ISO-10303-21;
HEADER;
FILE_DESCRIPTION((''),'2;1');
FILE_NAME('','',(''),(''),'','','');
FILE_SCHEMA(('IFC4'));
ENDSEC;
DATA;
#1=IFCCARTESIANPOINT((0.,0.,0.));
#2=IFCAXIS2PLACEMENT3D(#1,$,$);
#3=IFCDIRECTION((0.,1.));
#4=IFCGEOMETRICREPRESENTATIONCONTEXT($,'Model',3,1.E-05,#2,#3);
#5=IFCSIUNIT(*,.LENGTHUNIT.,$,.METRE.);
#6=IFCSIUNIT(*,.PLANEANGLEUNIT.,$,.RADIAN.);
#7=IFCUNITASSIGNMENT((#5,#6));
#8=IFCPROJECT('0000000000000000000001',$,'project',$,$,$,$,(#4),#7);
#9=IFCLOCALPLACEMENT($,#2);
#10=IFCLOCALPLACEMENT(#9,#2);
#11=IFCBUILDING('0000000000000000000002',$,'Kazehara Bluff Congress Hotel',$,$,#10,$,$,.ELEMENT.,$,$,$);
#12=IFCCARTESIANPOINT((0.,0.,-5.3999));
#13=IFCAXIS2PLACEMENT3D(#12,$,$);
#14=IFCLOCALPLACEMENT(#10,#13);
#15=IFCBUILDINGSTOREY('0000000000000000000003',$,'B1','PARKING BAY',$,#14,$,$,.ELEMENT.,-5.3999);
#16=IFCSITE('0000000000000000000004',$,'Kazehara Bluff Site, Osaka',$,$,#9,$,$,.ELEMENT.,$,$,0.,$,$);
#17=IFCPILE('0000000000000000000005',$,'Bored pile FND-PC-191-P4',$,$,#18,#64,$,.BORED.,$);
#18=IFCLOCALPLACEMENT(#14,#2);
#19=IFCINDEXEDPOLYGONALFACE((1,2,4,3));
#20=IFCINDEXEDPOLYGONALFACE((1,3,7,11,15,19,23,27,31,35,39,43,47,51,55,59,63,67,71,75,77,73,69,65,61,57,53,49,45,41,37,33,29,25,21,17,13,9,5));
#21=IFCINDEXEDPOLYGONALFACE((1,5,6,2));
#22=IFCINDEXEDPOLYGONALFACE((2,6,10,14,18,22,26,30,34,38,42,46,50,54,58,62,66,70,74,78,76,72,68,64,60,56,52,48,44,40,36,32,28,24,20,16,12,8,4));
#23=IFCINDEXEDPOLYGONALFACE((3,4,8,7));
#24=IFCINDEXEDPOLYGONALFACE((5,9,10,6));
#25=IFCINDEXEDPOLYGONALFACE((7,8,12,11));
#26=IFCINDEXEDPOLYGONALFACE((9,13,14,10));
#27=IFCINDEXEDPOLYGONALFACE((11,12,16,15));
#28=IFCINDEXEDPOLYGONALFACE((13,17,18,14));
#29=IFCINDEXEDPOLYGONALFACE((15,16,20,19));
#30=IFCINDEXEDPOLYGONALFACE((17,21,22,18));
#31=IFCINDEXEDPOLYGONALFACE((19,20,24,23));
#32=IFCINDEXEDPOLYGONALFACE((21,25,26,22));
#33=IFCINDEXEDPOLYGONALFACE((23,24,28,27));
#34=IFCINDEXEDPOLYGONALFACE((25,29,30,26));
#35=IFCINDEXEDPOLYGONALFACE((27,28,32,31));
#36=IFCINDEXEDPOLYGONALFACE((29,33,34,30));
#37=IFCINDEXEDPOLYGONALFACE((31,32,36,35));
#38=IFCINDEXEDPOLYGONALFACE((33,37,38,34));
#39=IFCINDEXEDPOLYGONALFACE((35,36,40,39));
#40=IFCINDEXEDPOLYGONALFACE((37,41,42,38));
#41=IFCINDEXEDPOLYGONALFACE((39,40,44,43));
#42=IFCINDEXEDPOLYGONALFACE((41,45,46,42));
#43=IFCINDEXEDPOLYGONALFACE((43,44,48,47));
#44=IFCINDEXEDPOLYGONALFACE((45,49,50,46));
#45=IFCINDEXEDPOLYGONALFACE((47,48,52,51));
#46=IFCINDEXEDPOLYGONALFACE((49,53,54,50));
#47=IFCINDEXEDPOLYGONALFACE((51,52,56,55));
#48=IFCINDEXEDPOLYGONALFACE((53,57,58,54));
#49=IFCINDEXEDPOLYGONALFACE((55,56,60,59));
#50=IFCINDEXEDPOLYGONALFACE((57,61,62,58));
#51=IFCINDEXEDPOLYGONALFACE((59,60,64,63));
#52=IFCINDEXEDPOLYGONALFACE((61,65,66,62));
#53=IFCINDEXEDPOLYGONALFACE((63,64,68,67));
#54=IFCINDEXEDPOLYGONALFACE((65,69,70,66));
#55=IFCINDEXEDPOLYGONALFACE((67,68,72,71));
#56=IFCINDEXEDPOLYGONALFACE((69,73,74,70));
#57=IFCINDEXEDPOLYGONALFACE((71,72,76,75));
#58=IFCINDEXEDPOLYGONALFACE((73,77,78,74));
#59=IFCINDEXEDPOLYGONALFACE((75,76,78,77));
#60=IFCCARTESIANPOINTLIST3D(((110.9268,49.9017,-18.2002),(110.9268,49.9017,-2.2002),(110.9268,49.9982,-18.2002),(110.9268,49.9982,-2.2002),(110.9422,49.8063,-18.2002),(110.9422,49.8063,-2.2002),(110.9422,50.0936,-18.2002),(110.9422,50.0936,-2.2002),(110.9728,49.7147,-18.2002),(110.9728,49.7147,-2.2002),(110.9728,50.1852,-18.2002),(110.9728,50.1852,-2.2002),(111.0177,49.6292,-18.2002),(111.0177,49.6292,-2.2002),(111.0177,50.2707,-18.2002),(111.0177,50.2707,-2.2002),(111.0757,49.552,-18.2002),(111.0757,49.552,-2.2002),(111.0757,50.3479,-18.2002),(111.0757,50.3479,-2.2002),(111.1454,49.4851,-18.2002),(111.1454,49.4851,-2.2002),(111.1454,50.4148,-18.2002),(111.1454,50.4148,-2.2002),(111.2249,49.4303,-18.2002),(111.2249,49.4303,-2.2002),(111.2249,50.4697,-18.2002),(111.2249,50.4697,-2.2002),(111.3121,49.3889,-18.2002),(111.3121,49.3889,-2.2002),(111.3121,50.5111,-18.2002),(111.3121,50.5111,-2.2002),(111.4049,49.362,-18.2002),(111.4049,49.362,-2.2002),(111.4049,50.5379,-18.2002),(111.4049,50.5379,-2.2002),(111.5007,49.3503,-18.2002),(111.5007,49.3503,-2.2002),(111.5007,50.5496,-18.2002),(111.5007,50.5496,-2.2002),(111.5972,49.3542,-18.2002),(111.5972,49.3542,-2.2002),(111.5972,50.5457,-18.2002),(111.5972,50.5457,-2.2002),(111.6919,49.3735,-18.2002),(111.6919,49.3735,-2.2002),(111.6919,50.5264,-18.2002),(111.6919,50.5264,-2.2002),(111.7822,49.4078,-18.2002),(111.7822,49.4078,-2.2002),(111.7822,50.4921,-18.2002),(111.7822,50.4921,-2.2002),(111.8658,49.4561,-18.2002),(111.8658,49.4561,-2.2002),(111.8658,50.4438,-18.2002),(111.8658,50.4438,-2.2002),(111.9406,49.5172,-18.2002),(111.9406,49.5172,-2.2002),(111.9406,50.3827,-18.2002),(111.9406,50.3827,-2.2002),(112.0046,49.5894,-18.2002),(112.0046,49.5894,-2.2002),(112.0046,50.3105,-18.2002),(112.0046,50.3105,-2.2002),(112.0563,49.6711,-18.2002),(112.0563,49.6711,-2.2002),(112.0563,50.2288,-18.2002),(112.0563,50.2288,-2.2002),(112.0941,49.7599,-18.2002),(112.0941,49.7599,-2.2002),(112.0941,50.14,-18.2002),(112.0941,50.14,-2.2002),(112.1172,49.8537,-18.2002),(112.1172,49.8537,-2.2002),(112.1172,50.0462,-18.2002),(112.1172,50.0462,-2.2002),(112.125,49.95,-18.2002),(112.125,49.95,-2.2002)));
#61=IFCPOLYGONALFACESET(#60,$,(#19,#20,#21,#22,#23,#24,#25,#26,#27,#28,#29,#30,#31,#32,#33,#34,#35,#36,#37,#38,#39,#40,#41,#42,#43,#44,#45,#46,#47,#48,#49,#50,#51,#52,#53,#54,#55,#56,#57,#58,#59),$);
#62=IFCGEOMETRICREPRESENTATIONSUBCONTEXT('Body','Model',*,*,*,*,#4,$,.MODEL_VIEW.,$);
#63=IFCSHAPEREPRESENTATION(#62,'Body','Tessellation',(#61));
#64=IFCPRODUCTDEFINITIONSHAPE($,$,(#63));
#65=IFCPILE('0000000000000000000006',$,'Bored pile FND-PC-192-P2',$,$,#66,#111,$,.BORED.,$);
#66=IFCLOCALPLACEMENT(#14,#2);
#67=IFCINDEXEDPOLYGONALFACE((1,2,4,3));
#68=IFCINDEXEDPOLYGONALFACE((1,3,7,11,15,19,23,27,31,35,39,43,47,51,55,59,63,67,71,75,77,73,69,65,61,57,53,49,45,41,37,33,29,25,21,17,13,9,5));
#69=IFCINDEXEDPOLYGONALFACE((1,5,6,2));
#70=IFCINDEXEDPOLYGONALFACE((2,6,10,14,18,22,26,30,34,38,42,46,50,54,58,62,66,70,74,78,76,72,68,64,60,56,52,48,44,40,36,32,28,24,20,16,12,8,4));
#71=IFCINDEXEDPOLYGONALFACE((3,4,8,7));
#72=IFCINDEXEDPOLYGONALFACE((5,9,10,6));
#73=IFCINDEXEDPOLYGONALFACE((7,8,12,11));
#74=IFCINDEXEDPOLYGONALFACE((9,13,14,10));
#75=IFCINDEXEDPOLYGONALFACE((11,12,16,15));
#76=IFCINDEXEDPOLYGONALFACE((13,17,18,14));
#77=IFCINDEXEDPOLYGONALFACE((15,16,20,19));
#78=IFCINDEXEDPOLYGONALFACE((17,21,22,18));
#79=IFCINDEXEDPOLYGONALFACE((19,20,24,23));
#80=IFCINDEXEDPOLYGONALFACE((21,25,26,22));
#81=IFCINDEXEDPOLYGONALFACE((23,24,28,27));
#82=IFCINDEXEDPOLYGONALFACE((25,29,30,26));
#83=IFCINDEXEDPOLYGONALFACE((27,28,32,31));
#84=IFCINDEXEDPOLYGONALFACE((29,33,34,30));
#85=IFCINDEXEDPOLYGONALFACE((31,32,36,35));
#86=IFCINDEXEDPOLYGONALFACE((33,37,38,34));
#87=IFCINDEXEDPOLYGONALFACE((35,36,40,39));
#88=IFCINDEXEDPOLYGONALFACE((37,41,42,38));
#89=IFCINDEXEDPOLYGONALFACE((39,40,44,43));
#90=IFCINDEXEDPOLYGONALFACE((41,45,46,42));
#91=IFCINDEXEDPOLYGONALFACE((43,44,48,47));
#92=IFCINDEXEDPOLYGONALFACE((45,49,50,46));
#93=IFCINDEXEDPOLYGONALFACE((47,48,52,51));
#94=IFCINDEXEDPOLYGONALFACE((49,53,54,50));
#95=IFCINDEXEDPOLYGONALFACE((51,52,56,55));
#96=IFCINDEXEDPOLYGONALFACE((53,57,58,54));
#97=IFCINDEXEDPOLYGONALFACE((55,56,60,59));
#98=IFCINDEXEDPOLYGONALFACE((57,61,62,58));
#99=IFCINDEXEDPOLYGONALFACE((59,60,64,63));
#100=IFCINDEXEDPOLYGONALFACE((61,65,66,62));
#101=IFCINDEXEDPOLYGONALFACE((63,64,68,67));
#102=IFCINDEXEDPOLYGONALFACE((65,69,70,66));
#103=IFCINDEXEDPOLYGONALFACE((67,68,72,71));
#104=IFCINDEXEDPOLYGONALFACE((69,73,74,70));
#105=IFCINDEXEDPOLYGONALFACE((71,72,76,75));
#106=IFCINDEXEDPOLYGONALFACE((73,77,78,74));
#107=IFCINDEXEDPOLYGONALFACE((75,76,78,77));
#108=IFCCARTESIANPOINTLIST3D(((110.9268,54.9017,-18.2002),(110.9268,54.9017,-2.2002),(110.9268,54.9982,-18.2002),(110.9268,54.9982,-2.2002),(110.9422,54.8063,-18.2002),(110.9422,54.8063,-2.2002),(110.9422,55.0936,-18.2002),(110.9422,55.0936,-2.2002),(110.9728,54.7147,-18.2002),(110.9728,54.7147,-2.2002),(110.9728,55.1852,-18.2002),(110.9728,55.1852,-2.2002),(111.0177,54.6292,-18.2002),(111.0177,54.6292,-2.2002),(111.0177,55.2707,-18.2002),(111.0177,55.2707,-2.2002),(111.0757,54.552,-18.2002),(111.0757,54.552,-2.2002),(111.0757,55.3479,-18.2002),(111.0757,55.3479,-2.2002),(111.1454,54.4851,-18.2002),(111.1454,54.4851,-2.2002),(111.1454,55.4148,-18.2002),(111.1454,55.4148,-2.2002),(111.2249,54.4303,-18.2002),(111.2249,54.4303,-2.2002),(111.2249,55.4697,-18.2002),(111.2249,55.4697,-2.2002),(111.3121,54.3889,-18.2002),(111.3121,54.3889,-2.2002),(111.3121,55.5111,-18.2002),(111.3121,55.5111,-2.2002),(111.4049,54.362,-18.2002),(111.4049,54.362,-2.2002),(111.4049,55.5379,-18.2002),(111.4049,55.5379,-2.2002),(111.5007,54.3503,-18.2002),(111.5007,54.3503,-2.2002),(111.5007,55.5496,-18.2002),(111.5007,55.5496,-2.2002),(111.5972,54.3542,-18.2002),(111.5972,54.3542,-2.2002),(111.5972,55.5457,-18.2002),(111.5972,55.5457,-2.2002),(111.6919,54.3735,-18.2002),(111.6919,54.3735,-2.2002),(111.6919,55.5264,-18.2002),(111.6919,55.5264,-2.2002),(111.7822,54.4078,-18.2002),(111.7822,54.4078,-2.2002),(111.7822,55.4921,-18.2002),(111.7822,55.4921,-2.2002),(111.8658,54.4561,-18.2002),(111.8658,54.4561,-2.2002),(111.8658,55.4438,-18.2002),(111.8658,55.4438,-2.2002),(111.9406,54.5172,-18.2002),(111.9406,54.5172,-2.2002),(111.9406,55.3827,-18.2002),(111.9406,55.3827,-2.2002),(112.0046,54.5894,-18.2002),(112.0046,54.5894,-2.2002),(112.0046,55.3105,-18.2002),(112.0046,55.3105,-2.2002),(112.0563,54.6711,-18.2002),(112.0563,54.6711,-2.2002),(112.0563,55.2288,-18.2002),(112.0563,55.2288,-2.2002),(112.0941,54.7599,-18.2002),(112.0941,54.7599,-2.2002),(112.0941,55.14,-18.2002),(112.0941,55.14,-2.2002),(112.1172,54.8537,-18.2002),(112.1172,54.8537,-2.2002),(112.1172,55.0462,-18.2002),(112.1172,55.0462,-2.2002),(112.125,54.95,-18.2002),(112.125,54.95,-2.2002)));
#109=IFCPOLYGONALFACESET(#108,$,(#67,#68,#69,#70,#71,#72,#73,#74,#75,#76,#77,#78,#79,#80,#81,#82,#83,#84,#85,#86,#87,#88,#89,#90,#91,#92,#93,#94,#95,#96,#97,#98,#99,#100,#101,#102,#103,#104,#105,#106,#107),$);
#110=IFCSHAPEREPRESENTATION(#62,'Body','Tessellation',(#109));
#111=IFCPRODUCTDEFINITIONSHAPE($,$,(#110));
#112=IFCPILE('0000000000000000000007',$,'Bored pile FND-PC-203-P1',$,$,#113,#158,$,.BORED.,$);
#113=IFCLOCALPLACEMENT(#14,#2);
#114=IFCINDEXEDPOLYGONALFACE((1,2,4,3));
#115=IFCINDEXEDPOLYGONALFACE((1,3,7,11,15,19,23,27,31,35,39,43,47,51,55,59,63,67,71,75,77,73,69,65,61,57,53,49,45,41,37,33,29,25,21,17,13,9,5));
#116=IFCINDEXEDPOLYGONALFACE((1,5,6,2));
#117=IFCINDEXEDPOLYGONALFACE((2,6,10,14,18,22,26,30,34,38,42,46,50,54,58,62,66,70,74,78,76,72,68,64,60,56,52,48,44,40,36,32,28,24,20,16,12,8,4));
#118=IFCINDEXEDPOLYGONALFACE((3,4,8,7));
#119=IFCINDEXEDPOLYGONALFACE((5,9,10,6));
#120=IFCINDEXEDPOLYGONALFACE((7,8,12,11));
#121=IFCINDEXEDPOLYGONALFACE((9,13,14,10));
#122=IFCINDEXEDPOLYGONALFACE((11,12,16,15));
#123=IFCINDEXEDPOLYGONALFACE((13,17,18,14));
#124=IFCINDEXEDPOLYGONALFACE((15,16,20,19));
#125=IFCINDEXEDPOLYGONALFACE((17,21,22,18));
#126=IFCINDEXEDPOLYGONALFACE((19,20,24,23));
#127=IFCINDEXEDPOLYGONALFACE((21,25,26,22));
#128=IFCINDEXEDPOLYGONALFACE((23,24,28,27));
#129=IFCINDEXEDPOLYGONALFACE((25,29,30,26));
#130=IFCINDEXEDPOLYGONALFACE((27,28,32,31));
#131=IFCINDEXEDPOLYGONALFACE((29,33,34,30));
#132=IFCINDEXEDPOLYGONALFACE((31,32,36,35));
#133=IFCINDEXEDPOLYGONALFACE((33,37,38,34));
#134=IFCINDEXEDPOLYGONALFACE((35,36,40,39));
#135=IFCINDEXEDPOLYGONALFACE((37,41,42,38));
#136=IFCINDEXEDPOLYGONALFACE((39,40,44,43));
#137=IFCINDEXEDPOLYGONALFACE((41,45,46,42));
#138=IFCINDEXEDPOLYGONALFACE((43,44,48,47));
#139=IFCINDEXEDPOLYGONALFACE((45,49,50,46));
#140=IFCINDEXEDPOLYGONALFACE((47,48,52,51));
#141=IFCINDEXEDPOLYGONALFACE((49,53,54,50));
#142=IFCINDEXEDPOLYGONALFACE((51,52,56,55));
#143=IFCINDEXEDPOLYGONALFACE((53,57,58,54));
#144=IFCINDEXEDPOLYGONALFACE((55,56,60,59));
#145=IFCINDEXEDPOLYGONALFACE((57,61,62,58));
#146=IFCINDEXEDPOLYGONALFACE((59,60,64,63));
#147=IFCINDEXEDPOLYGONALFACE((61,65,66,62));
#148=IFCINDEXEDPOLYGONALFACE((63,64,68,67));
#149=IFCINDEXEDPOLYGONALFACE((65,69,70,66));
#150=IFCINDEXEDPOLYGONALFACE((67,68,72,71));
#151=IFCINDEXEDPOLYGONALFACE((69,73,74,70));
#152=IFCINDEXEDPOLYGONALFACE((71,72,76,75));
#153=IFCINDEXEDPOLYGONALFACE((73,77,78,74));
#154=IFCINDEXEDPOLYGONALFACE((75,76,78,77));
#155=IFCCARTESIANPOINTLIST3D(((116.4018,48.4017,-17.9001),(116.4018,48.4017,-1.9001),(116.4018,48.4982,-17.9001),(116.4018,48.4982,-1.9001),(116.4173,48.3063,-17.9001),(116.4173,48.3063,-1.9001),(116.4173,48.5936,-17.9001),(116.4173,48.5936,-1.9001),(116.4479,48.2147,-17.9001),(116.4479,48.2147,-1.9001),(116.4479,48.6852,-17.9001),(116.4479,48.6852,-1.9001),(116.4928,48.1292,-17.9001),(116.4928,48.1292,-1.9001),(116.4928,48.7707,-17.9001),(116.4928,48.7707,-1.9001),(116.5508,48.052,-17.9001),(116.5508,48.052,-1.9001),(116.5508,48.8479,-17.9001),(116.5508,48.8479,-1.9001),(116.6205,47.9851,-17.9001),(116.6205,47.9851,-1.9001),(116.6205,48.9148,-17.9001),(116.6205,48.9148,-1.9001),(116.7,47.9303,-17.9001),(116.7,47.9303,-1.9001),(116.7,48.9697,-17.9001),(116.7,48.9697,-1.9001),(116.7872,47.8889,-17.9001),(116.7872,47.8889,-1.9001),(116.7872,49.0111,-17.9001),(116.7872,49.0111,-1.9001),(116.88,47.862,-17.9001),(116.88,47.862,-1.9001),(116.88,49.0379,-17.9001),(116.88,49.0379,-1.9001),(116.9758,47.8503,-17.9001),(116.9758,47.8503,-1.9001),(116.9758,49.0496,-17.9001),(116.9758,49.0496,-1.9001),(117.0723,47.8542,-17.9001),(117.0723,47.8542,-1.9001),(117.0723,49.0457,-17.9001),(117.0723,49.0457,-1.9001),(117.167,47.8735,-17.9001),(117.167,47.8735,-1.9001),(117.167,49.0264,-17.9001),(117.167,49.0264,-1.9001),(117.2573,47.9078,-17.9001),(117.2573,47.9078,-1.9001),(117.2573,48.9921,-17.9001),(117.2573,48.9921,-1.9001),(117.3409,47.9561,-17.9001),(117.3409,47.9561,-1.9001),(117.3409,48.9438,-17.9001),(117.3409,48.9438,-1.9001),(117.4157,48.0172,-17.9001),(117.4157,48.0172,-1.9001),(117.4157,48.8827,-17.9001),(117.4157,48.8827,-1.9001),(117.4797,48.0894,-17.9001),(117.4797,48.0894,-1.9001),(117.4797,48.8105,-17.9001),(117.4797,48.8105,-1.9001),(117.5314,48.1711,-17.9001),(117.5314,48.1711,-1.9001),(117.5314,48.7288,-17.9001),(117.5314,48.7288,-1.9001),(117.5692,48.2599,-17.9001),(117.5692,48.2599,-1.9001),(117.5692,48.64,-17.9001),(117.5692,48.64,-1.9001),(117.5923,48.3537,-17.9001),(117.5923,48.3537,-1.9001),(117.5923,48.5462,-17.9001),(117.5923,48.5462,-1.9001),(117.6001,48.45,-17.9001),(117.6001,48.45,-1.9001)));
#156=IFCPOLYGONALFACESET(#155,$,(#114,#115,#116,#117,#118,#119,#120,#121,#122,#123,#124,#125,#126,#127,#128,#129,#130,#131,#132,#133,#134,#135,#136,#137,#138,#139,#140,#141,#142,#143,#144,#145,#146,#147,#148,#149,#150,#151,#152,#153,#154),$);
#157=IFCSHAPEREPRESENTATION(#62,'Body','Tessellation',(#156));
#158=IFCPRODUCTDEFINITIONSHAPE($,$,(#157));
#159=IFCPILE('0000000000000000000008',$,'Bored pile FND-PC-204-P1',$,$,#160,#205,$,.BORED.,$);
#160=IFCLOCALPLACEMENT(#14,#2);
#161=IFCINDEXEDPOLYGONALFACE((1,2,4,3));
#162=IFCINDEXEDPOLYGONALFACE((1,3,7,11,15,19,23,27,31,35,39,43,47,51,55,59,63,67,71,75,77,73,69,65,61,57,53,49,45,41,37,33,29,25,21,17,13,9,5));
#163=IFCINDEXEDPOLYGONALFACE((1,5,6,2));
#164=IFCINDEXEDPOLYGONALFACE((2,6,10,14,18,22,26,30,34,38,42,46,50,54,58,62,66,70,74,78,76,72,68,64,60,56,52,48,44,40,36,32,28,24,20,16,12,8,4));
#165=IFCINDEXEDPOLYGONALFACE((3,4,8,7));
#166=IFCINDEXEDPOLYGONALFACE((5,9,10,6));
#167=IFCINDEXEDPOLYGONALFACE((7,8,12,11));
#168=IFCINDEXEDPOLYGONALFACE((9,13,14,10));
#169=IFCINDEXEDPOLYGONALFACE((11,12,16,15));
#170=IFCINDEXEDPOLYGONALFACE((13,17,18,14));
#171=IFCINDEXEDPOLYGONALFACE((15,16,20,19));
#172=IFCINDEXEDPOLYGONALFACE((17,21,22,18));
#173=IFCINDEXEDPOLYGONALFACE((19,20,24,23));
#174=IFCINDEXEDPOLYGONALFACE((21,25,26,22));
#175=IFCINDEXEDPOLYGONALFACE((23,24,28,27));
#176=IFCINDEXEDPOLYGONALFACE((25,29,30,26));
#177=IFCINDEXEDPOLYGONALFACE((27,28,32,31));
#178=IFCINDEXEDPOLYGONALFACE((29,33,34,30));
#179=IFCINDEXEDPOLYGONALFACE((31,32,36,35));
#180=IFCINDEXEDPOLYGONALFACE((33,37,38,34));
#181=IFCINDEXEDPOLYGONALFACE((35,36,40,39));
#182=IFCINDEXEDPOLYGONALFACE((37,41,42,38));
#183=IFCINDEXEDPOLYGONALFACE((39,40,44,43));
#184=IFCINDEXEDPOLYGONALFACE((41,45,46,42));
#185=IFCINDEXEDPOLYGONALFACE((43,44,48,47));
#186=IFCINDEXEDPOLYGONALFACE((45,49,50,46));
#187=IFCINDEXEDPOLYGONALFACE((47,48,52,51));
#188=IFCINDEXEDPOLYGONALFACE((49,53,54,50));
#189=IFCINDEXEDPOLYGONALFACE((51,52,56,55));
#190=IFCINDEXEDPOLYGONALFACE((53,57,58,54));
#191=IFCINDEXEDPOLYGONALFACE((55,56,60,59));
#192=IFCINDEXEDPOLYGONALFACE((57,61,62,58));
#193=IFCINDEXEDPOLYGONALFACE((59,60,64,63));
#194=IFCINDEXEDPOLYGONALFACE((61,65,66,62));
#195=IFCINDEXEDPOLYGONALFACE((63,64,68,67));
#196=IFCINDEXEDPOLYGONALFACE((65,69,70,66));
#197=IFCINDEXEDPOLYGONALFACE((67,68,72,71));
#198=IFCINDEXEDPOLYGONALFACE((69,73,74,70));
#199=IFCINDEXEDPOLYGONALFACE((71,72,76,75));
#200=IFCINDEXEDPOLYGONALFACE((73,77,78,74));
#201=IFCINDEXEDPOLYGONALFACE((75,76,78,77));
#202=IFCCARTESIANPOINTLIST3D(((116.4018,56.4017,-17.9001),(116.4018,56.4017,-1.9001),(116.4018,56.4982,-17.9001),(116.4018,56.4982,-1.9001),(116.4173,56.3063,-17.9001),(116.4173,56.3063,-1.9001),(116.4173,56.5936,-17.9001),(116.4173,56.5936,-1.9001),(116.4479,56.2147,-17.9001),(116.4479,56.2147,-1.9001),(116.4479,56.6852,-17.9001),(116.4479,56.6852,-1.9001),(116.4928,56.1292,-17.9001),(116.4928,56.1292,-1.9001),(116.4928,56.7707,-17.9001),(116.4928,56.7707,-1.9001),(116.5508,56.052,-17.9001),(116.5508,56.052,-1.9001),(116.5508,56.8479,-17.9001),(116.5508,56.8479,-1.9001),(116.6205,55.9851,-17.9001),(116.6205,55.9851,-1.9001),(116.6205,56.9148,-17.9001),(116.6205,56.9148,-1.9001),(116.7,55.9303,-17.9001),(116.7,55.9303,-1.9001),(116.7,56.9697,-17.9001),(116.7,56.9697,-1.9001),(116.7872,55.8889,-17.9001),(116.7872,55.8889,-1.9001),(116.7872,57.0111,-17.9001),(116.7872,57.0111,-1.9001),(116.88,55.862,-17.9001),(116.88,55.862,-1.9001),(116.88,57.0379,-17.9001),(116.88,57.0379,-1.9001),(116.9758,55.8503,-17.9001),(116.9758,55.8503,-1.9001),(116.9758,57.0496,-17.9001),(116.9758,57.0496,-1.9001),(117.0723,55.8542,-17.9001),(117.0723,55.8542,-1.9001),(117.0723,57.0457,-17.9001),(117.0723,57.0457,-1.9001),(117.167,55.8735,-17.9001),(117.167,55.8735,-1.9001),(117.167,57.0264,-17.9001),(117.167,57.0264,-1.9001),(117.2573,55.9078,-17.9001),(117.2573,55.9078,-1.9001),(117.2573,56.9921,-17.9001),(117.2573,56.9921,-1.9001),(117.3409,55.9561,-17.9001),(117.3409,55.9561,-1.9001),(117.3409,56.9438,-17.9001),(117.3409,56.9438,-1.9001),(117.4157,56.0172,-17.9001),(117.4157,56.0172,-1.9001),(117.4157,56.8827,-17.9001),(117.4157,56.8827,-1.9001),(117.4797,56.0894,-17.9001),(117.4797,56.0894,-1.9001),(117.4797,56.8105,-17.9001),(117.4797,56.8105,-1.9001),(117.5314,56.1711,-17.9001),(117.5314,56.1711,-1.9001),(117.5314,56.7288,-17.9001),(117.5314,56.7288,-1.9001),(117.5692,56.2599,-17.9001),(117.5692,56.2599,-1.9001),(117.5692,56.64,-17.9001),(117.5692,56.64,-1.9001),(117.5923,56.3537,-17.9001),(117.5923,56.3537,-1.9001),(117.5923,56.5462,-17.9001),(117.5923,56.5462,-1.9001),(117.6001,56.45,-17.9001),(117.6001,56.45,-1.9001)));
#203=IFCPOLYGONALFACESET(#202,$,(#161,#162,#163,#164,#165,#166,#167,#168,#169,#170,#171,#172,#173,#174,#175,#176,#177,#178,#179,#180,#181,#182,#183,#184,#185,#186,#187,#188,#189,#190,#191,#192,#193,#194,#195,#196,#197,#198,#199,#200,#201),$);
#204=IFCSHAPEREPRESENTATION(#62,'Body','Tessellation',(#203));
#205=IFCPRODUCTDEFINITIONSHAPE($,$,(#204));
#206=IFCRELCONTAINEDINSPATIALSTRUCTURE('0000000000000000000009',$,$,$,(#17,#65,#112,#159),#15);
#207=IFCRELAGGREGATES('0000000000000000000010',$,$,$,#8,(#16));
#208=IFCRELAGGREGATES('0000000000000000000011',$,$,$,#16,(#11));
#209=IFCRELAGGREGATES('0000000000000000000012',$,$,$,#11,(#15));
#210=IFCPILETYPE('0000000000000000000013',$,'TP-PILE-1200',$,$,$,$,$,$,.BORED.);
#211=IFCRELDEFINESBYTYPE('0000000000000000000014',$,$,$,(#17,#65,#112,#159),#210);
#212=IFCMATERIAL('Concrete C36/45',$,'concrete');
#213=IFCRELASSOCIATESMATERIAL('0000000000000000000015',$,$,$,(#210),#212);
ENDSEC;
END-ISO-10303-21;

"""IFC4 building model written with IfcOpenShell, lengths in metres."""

from ifc_helpers import new_model, si_unit, direction, frame, origin, origin_2d, place, context, subcontext, project, spatial, circle, extrude, material, material_profile, profile_set, type_object, element, save


model = new_model("IFC4")

# Units and contexts
model_context = context("Model", 3, precision=1e-05, world=origin(), true_north=direction((0.0, 1.0)))
body_context = subcontext(model_context, "Body", "Model", "MODEL_VIEW")
ifc_project = project(units=[si_unit("LENGTHUNIT", "METRE"), si_unit("PLANEANGLEUNIT", "RADIAN")], contexts=[model_context])

# Site, building, storey
site_placement = place(None, origin())
site = spatial("IfcSite", under=ifc_project, at=site_placement, Name="Kazehara Bluff Site, Osaka", CompositionType="ELEMENT", RefElevation=0.0)
building_placement = place(site_placement, origin())
building = spatial("IfcBuilding", under=site, at=building_placement, Name="Kazehara Bluff Congress Hotel", CompositionType="ELEMENT")
storey_placement = place(building_placement, frame((0.0, 0.0, -5.3999)))
storey = spatial("IfcBuildingStorey", under=building, at=storey_placement, Name="B1", Description="PARKING BAY", CompositionType="ELEMENT", Elevation=-5.3999)

# Piles
ifc_material_1 = material(Name="Concrete C36/45", Category="concrete")
ifc_material_profile_1 = material_profile(ifc_material_1, circle(Radius=0.6001, at=origin_2d()))
ifc_profile_set_1 = profile_set([ifc_material_profile_1], Name="Concrete C36/45")
pile_type_1 = type_object("IfcPileType", Name="TP-PILE-1200", PredefinedType="BORED", material=ifc_profile_set_1)
for number, where, z_axis, x_axis, name in (
    (1, (111.5249, 49.95, -2.2002), (0.0, 0.0, -1.0), (1.0, 0.0, 0.0), "Bored pile FND-PC-191-P4"),
    (2, (111.5249, 54.95, -2.2002), (0.0, 0.0, -1.0), (1.0, 0.0, 0.0), "Bored pile FND-PC-192-P2"),
    (3, (117.0, 48.45, -1.9001), (0.0, 0.0, -1.0), (1.0, 0.0, 0.0), "Bored pile FND-PC-203-P1"),
    (4, (117.0, 56.45, -1.9001), (0.0, 0.0, -1.0), (1.0, 0.0, 0.0), "Bored pile FND-PC-204-P1"),
):
    element("IfcPile", number, at=place(storey_placement, frame(where, z_axis=z_axis, x_axis=x_axis)), inside=storey, type_object=pile_type_1, Name=name, PredefinedType="BORED", context=body_context, shape_type="SweptSolid", body=[
        extrude(circle(Radius=0.6001, at=origin_2d()), origin(), (0.0, 0.0, 1.0), 16.0),
    ])

save(model, "model.ifc")
